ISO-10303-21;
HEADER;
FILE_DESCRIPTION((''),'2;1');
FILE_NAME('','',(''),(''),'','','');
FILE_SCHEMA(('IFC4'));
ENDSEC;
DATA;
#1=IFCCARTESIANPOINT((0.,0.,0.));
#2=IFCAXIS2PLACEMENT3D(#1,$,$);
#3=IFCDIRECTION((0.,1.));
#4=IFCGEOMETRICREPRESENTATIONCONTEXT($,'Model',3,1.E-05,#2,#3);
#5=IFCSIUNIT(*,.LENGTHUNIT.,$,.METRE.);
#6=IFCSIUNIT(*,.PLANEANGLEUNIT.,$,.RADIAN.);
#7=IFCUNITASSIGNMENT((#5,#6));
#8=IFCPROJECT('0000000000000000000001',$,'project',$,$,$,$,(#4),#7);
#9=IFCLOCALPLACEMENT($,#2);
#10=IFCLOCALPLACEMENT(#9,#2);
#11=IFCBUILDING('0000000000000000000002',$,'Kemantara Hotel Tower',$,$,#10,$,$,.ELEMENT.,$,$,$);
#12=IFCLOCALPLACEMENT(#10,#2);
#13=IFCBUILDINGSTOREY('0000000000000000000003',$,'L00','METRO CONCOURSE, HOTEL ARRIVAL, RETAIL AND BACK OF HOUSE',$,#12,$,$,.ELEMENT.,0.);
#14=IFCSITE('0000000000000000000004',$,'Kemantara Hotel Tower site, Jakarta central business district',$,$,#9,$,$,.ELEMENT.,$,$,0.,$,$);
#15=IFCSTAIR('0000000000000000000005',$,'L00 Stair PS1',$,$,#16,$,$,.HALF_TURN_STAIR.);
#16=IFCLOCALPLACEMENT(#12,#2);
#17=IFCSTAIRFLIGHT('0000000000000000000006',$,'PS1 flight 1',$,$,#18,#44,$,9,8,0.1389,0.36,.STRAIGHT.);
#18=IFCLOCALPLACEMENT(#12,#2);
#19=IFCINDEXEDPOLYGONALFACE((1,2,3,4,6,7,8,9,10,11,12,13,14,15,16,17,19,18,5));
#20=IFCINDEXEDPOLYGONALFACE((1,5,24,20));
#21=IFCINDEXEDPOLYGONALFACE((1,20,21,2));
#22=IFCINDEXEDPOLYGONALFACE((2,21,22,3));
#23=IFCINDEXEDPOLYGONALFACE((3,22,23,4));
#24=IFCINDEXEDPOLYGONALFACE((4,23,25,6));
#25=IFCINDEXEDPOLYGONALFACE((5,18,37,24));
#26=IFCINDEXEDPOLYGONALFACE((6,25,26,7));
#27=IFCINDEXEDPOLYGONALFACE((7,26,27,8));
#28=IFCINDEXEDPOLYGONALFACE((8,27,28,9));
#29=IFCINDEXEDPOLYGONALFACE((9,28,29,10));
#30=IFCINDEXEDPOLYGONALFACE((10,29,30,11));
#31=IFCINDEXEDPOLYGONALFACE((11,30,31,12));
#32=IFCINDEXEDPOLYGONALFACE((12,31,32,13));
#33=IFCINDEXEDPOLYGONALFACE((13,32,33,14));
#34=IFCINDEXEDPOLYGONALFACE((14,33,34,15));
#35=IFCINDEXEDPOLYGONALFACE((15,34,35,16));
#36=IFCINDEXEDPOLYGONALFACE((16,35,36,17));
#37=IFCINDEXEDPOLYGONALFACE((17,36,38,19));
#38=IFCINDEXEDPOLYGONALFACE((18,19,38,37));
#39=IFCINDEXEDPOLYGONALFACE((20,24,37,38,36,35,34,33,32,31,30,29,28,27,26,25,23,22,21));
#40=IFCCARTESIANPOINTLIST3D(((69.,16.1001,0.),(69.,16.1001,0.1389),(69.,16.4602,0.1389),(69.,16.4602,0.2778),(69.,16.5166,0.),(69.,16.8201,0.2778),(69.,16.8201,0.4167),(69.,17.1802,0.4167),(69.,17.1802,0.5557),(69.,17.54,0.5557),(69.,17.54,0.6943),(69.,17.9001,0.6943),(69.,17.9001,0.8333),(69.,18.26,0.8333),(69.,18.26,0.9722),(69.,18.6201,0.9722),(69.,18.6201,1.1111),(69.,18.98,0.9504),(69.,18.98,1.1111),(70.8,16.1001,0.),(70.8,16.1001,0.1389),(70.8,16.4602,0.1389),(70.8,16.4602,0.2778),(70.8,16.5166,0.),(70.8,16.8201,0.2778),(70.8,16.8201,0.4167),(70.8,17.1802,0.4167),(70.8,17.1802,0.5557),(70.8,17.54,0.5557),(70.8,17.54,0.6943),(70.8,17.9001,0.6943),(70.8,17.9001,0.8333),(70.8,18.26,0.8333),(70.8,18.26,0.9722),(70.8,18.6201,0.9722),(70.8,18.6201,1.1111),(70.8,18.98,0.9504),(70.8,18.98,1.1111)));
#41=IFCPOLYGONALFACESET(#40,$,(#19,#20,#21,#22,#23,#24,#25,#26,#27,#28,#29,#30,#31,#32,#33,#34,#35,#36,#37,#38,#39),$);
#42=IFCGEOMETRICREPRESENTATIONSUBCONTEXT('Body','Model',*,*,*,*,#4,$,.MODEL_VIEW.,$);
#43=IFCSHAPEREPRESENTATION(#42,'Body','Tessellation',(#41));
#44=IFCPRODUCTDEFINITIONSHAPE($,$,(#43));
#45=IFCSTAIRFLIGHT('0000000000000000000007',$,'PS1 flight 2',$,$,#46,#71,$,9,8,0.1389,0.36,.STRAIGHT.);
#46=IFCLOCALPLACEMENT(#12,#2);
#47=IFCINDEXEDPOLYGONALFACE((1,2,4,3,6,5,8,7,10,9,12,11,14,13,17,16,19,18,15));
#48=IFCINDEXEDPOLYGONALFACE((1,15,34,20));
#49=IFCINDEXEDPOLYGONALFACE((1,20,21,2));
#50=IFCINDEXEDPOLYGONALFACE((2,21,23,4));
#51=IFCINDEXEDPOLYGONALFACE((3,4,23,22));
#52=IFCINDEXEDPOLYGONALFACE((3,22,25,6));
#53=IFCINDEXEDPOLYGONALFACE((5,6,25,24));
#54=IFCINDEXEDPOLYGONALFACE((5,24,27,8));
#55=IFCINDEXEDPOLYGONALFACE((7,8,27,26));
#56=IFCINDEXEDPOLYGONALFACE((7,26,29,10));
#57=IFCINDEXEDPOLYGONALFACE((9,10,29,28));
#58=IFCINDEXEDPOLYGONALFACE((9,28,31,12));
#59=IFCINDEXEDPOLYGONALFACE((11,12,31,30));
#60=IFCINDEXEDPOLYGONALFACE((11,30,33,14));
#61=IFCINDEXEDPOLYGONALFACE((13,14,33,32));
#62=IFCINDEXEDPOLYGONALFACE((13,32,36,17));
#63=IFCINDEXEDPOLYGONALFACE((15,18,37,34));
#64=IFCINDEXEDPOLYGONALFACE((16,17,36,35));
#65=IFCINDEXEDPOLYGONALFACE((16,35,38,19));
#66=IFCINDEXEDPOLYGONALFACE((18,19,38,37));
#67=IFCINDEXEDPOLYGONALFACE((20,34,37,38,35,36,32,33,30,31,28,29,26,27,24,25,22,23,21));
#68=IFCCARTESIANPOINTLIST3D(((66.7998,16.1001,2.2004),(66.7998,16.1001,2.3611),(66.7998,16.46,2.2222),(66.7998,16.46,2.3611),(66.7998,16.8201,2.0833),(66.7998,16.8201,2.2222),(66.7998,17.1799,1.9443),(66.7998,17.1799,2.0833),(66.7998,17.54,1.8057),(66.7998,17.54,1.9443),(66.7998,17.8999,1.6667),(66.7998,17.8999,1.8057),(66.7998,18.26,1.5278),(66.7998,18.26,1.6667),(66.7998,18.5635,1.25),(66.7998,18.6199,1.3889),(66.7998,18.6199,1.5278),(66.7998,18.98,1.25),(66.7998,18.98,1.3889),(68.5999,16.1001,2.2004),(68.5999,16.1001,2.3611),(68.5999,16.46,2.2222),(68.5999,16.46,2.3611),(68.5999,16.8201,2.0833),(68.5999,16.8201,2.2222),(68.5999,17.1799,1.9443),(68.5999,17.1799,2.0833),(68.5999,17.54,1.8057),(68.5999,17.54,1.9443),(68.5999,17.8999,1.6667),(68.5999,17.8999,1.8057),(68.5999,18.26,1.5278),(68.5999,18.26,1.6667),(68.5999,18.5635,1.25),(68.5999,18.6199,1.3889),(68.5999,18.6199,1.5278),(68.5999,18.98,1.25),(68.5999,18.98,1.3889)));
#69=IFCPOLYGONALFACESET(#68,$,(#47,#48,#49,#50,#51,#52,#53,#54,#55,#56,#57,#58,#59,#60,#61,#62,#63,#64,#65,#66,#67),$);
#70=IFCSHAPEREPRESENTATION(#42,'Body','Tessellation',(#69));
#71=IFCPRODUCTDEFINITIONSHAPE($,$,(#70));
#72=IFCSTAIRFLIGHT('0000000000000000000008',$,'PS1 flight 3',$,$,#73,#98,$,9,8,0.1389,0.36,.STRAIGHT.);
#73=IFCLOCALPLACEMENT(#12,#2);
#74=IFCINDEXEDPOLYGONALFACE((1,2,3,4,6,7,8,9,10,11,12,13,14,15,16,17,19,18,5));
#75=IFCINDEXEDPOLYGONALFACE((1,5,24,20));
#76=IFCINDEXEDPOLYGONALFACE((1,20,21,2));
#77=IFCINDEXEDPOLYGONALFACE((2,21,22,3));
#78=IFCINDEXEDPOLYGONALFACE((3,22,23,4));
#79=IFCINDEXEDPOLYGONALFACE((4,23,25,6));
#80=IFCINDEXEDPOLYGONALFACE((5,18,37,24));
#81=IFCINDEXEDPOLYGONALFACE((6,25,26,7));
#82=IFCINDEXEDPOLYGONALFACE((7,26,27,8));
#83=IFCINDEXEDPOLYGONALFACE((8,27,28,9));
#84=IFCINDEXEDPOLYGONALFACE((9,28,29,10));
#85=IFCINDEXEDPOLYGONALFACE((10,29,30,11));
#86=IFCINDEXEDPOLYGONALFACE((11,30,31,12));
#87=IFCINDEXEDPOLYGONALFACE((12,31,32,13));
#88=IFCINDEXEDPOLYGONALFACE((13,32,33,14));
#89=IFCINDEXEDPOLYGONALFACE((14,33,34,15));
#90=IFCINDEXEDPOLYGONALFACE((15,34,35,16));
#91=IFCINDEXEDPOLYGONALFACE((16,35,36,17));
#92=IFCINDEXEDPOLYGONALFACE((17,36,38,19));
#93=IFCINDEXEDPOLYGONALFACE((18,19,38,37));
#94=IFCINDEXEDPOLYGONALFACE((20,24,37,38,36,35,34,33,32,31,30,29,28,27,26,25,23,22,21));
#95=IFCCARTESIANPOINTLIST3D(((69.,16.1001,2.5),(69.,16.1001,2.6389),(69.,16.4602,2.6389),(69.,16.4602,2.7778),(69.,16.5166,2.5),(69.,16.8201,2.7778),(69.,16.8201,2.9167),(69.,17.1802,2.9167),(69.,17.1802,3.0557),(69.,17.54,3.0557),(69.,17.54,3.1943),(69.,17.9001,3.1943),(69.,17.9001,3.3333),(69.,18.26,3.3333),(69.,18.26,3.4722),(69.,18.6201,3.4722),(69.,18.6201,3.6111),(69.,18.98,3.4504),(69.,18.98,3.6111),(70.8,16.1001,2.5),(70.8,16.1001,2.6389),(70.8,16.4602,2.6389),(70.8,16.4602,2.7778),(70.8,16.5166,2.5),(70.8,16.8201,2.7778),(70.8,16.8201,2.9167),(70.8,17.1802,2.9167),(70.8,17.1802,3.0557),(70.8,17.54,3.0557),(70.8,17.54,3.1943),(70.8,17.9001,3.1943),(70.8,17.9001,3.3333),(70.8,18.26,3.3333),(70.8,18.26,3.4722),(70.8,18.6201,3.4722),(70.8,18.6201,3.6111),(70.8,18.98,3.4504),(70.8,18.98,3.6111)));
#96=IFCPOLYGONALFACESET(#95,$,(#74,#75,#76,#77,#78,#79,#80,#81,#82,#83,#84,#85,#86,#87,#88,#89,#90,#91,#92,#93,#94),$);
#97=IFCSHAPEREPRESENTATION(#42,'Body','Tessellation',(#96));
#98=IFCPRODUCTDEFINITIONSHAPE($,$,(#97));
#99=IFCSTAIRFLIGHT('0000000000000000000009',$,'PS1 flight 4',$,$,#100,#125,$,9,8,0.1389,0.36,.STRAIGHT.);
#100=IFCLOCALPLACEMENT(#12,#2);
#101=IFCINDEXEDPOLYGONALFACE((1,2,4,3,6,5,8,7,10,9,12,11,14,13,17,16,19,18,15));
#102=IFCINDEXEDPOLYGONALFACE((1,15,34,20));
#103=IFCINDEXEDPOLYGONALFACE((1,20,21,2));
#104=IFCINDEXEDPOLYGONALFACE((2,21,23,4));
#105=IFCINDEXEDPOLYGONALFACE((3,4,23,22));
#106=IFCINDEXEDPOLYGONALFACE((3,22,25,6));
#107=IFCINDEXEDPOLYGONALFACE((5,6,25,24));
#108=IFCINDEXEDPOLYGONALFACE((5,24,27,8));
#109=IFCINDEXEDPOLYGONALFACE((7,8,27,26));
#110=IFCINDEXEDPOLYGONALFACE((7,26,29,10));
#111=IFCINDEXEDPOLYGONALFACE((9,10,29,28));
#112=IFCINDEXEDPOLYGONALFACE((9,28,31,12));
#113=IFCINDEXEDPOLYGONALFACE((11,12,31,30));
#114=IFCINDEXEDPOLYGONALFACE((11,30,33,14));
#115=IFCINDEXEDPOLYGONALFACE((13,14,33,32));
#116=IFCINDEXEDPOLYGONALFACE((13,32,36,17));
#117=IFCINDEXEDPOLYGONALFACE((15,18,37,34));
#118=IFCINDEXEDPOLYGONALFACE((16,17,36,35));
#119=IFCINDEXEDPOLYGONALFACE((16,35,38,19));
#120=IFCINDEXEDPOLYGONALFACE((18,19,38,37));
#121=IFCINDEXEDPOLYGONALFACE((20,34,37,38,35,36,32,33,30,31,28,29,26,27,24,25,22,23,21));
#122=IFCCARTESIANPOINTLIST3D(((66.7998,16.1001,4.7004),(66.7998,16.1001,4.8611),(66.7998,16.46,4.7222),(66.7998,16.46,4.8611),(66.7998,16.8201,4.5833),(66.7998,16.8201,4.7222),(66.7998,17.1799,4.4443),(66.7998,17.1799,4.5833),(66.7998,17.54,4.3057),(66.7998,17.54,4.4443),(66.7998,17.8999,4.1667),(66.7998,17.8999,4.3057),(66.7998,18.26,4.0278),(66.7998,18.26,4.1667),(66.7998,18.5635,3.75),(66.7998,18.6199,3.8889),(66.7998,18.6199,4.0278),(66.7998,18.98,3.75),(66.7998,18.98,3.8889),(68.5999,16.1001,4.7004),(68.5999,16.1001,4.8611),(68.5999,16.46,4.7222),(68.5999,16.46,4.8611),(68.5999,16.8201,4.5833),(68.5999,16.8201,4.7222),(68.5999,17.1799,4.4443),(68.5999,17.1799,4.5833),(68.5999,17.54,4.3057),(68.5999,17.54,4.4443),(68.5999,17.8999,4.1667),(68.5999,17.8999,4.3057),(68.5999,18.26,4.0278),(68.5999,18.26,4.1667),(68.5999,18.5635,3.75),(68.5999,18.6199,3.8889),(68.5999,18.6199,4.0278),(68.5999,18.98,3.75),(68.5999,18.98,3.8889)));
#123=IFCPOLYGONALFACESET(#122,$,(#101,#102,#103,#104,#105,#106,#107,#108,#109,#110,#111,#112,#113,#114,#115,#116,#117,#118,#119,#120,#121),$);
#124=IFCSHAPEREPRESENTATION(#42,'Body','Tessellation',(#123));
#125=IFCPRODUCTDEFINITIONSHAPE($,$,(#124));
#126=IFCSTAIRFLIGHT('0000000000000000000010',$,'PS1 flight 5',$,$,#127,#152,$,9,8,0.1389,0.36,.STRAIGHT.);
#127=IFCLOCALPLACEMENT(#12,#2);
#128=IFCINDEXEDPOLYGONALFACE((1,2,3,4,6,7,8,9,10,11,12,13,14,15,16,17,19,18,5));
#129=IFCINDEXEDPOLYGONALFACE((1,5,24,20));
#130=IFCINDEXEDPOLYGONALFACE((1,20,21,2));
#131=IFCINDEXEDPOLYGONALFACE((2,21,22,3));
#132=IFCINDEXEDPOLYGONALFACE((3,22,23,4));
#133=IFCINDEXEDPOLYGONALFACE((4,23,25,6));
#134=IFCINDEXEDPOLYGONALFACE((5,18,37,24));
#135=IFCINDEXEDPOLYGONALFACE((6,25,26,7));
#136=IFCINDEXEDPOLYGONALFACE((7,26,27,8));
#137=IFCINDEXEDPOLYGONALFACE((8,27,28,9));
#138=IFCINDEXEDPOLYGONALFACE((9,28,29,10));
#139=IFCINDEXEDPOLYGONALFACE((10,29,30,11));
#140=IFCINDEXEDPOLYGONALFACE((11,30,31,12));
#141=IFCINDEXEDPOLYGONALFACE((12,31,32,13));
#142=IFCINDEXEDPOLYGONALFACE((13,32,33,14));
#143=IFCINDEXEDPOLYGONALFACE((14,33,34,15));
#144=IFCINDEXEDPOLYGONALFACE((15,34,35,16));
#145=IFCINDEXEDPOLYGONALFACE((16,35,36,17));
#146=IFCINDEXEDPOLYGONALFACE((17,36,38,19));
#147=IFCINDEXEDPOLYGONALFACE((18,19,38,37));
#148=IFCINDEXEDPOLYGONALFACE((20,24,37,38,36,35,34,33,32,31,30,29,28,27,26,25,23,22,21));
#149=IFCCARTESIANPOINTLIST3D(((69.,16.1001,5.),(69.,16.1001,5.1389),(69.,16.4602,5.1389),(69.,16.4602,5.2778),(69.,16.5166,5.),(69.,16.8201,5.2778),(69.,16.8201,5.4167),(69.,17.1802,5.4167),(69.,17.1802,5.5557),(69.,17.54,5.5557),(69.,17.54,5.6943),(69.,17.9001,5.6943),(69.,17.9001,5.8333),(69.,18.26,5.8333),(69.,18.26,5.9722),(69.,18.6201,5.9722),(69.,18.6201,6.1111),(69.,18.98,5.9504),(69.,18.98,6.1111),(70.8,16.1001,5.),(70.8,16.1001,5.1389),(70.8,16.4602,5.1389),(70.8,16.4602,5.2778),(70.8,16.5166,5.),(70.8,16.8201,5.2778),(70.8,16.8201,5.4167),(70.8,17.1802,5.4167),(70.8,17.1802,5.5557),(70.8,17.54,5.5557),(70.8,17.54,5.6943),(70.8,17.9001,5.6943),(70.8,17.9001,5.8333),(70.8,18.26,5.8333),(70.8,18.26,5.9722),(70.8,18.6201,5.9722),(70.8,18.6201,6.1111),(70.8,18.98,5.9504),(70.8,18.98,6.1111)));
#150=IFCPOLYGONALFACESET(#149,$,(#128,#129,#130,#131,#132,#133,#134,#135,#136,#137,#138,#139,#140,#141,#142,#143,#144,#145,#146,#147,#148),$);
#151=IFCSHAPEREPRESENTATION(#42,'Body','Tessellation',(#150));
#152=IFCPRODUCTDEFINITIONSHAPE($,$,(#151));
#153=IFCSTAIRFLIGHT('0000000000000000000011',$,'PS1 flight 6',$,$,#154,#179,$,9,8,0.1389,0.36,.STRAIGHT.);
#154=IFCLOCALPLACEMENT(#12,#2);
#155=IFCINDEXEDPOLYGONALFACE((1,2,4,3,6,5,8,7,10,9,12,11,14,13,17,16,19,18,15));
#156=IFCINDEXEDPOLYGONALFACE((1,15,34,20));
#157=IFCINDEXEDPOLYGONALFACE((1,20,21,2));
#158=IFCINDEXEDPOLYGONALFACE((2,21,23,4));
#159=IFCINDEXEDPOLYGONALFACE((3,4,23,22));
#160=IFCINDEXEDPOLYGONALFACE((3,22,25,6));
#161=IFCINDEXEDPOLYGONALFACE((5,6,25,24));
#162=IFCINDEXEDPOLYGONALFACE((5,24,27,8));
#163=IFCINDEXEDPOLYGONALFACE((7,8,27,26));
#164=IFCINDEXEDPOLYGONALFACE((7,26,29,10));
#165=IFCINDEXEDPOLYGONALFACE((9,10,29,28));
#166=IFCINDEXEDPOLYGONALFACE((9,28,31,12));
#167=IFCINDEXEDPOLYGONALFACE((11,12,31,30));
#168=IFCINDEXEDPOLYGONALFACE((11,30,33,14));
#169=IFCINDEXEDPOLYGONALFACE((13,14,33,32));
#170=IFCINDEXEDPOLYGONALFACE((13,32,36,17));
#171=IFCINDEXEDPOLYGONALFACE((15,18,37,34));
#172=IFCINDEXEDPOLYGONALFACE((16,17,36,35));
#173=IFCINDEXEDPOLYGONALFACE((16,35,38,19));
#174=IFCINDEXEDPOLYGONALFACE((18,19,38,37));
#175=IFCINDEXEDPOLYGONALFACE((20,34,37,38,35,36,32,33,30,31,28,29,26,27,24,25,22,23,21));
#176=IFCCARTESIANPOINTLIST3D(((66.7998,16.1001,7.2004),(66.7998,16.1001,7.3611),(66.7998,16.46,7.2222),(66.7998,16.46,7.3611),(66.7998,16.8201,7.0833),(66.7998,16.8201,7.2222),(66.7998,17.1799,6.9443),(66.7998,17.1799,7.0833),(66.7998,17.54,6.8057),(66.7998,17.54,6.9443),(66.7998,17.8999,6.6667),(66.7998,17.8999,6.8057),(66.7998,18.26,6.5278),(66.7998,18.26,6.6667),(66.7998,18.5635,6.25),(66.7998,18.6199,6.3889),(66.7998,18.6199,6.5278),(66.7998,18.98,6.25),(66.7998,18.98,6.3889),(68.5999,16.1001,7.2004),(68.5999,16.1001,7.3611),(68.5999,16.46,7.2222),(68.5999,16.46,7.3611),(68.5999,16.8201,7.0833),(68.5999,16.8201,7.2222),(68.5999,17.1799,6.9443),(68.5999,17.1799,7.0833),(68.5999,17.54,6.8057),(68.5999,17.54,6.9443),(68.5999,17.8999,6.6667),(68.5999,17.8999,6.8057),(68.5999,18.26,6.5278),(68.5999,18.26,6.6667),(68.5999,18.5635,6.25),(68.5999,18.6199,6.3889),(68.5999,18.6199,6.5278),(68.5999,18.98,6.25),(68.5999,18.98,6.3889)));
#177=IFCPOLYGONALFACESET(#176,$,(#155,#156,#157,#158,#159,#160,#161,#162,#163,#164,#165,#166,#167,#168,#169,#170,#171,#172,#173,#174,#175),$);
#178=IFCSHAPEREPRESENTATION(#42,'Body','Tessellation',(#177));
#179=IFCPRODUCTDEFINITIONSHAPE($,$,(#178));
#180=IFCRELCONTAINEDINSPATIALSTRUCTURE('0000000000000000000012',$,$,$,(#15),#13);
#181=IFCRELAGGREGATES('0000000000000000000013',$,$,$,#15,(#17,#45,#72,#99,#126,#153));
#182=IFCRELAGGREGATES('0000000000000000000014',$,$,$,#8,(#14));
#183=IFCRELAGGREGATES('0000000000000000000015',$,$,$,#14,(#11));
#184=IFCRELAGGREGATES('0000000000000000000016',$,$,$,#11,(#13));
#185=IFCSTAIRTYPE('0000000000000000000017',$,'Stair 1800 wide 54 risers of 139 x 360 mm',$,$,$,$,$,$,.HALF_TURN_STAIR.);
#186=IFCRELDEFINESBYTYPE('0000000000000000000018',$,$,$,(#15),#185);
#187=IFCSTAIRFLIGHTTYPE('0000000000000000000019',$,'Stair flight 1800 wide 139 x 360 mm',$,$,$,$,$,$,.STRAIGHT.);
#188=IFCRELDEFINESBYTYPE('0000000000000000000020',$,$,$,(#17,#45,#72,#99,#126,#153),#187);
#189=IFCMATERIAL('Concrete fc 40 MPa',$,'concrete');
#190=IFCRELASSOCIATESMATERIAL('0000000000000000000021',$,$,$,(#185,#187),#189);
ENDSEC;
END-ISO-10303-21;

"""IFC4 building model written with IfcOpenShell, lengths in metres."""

from ifc_helpers import new_model, si_unit, direction, frame, origin, place, context, subcontext, project, spatial, polyline, outline, extrude, material, type_object, element, aggregate, save


model = new_model("IFC4")

# Units and contexts
model_context = context("Model", 3, precision=1e-05, world=origin(), true_north=direction((0.0, 1.0)))
body_context = subcontext(model_context, "Body", "Model", "MODEL_VIEW")
ifc_project = project(units=[si_unit("LENGTHUNIT", "METRE"), si_unit("PLANEANGLEUNIT", "RADIAN")], contexts=[model_context])

# Site, building, storey
site_placement = place(None, origin())
site = spatial("IfcSite", under=ifc_project, at=site_placement, Name="Kemantara Hotel Tower site, Jakarta central business district", CompositionType="ELEMENT", RefElevation=0.0)
building_placement = place(site_placement, origin())
building = spatial("IfcBuilding", under=site, at=building_placement, Name="Kemantara Hotel Tower", CompositionType="ELEMENT")
storey_placement = place(building_placement, origin())
storey = spatial("IfcBuildingStorey", under=building, at=storey_placement, Name="L00", Description="METRO CONCOURSE, HOTEL ARRIVAL, RETAIL AND BACK OF HOUSE", CompositionType="ELEMENT", Elevation=0.0)

# Shared definitions
ifc_material_1 = material(Name="Concrete fc 40 MPa", Category="concrete")

# Stair, stair flights
stair_type = type_object("IfcStairType", Name="Stair 1800 wide 54 risers of 139 x 360 mm", PredefinedType="HALF_TURN_STAIR", material=ifc_material_1)
stair_placement = place(storey_placement, origin())
stair = element("IfcStair", 1, at=stair_placement, inside=storey, type_object=stair_type, Name="L00 Stair PS1", PredefinedType="HALF_TURN_STAIR")
stair_flight_type = type_object("IfcStairFlightType", Name="Stair flight 1800 wide 139 x 360 mm", PredefinedType="STRAIGHT", material=ifc_material_1)
stair_flight_1_placement = place(storey_placement, frame((69.8999, 16.1001, 0.0), z_axis=(0.0, 0.0, 1.0), x_axis=(0.0, 1.0, 0.0)))
stair_flight_1 = element("IfcStairFlight", 2, at=stair_flight_1_placement, type_object=stair_flight_type, Name="PS1 flight 1", NumberOfRisers=9, NumberOfTreads=8, PredefinedType="STRAIGHT", RiserHeight=0.1389, TreadLength=0.36, context=body_context, shape_type="SweptSolid", body=[
    extrude(outline(polyline([(0.0, 0.0), (0.0, 0.1389), (0.3601, 0.1389), (0.3601, 0.2778), (0.72, 0.2778), (0.72, 0.4167), (1.0801, 0.4167), (1.0801, 0.5557), (1.4399, 0.5557), (1.4399, 0.6943), (1.8, 0.6943), (1.8, 0.8333), (2.1599, 0.8333), (2.1599, 0.9722), (2.52, 0.9722), (2.52, 1.1111), (2.8799, 1.1111), (2.8799, 1.25), (2.8799, 0.9504), (0.4165, 0.0), (0.0, 0.0)])), frame((0.0, 0.8999, 0.0), z_axis=(0.0, -1.0, 0.0), x_axis=(1.0, 0.0, 0.0)), (0.0, 0.0, 1.0), 1.8),
])
stair_flight_2_placement = place(storey_placement, frame((67.7, 18.98, 1.25), z_axis=(0.0, 0.0, 1.0), x_axis=(0.0, -1.0, 0.0)))
stair_flight_2 = element("IfcStairFlight", 3, at=stair_flight_2_placement, type_object=stair_flight_type, Name="PS1 flight 2", NumberOfRisers=9, NumberOfTreads=8, PredefinedType="STRAIGHT", RiserHeight=0.1389, TreadLength=0.36, context=body_context, shape_type="SweptSolid", body=[
    extrude(outline(polyline([(0.0, 0.0), (0.0, 0.1389), (0.3601, 0.1389), (0.3601, 0.2778), (0.72, 0.2778), (0.72, 0.4167), (1.0801, 0.4167), (1.0801, 0.5557), (1.4399, 0.5557), (1.4399, 0.6943), (1.8, 0.6943), (1.8, 0.8333), (2.1599, 0.8333), (2.1599, 0.9722), (2.52, 0.9722), (2.52, 1.1111), (2.8799, 1.1111), (2.8799, 1.25), (2.8799, 0.9504), (0.4165, 0.0), (0.0, 0.0)])), frame((0.0, 0.8999, 0.0), z_axis=(0.0, -1.0, 0.0), x_axis=(1.0, 0.0, 0.0)), (0.0, 0.0, 1.0), 1.8),
])
stair_flight_3_placement = place(storey_placement, frame((69.8999, 16.1001, 2.5), z_axis=(0.0, 0.0, 1.0), x_axis=(0.0, 1.0, 0.0)))
stair_flight_3 = element("IfcStairFlight", 4, at=stair_flight_3_placement, type_object=stair_flight_type, Name="PS1 flight 3", NumberOfRisers=9, NumberOfTreads=8, PredefinedType="STRAIGHT", RiserHeight=0.1389, TreadLength=0.36, context=body_context, shape_type="SweptSolid", body=[
    extrude(outline(polyline([(0.0, 0.0), (0.0, 0.1389), (0.3601, 0.1389), (0.3601, 0.2778), (0.72, 0.2778), (0.72, 0.4167), (1.0801, 0.4167), (1.0801, 0.5557), (1.4399, 0.5557), (1.4399, 0.6943), (1.8, 0.6943), (1.8, 0.8333), (2.1599, 0.8333), (2.1599, 0.9722), (2.52, 0.9722), (2.52, 1.1111), (2.8799, 1.1111), (2.8799, 1.25), (2.8799, 0.9504), (0.4165, 0.0), (0.0, 0.0)])), frame((0.0, 0.8999, 0.0), z_axis=(0.0, -1.0, 0.0), x_axis=(1.0, 0.0, 0.0)), (0.0, 0.0, 1.0), 1.8),
])
stair_flight_4_placement = place(storey_placement, frame((67.7, 18.98, 3.75), z_axis=(0.0, 0.0, 1.0), x_axis=(0.0, -1.0, 0.0)))
stair_flight_4 = element("IfcStairFlight", 5, at=stair_flight_4_placement, type_object=stair_flight_type, Name="PS1 flight 4", NumberOfRisers=9, NumberOfTreads=8, PredefinedType="STRAIGHT", RiserHeight=0.1389, TreadLength=0.36, context=body_context, shape_type="SweptSolid", body=[
    extrude(outline(polyline([(0.0, 0.0), (0.0, 0.1389), (0.3601, 0.1389), (0.3601, 0.2778), (0.72, 0.2778), (0.72, 0.4167), (1.0801, 0.4167), (1.0801, 0.5557), (1.4399, 0.5557), (1.4399, 0.6943), (1.8, 0.6943), (1.8, 0.8333), (2.1599, 0.8333), (2.1599, 0.9722), (2.52, 0.9722), (2.52, 1.1111), (2.8799, 1.1111), (2.8799, 1.25), (2.8799, 0.9504), (0.4165, 0.0), (0.0, 0.0)])), frame((0.0, 0.8999, 0.0), z_axis=(0.0, -1.0, 0.0), x_axis=(1.0, 0.0, 0.0)), (0.0, 0.0, 1.0), 1.8),
])
stair_flight_5_placement = place(storey_placement, frame((69.8999, 16.1001, 5.0), z_axis=(0.0, 0.0, 1.0), x_axis=(0.0, 1.0, 0.0)))
stair_flight_5 = element("IfcStairFlight", 6, at=stair_flight_5_placement, type_object=stair_flight_type, Name="PS1 flight 5", NumberOfRisers=9, NumberOfTreads=8, PredefinedType="STRAIGHT", RiserHeight=0.1389, TreadLength=0.36, context=body_context, shape_type="SweptSolid", body=[
    extrude(outline(polyline([(0.0, 0.0), (0.0, 0.1389), (0.3601, 0.1389), (0.3601, 0.2778), (0.72, 0.2778), (0.72, 0.4167), (1.0801, 0.4167), (1.0801, 0.5557), (1.4399, 0.5557), (1.4399, 0.6943), (1.8, 0.6943), (1.8, 0.8333), (2.1599, 0.8333), (2.1599, 0.9722), (2.52, 0.9722), (2.52, 1.1111), (2.8799, 1.1111), (2.8799, 1.25), (2.8799, 0.9504), (0.4165, 0.0), (0.0, 0.0)])), frame((0.0, 0.8999, 0.0), z_axis=(0.0, -1.0, 0.0), x_axis=(1.0, 0.0, 0.0)), (0.0, 0.0, 1.0), 1.8),
])
stair_flight_6_placement = place(storey_placement, frame((67.7, 18.98, 6.25), z_axis=(0.0, 0.0, 1.0), x_axis=(0.0, -1.0, 0.0)))
stair_flight_6 = element("IfcStairFlight", 7, at=stair_flight_6_placement, type_object=stair_flight_type, Name="PS1 flight 6", NumberOfRisers=9, NumberOfTreads=8, PredefinedType="STRAIGHT", RiserHeight=0.1389, TreadLength=0.36, context=body_context, shape_type="SweptSolid", body=[
    extrude(outline(polyline([(0.0, 0.0), (0.0, 0.1389), (0.3601, 0.1389), (0.3601, 0.2778), (0.72, 0.2778), (0.72, 0.4167), (1.0801, 0.4167), (1.0801, 0.5557), (1.4399, 0.5557), (1.4399, 0.6943), (1.8, 0.6943), (1.8, 0.8333), (2.1599, 0.8333), (2.1599, 0.9722), (2.52, 0.9722), (2.52, 1.1111), (2.8799, 1.1111), (2.8799, 1.25), (2.8799, 0.9504), (0.4165, 0.0), (0.0, 0.0)])), frame((0.0, 0.8999, 0.0), z_axis=(0.0, -1.0, 0.0), x_axis=(1.0, 0.0, 0.0)), (0.0, 0.0, 1.0), 1.8),
])
aggregate(stair, [stair_flight_1, stair_flight_2, stair_flight_3, stair_flight_4, stair_flight_5, stair_flight_6])

save(model, "model.ifc")
